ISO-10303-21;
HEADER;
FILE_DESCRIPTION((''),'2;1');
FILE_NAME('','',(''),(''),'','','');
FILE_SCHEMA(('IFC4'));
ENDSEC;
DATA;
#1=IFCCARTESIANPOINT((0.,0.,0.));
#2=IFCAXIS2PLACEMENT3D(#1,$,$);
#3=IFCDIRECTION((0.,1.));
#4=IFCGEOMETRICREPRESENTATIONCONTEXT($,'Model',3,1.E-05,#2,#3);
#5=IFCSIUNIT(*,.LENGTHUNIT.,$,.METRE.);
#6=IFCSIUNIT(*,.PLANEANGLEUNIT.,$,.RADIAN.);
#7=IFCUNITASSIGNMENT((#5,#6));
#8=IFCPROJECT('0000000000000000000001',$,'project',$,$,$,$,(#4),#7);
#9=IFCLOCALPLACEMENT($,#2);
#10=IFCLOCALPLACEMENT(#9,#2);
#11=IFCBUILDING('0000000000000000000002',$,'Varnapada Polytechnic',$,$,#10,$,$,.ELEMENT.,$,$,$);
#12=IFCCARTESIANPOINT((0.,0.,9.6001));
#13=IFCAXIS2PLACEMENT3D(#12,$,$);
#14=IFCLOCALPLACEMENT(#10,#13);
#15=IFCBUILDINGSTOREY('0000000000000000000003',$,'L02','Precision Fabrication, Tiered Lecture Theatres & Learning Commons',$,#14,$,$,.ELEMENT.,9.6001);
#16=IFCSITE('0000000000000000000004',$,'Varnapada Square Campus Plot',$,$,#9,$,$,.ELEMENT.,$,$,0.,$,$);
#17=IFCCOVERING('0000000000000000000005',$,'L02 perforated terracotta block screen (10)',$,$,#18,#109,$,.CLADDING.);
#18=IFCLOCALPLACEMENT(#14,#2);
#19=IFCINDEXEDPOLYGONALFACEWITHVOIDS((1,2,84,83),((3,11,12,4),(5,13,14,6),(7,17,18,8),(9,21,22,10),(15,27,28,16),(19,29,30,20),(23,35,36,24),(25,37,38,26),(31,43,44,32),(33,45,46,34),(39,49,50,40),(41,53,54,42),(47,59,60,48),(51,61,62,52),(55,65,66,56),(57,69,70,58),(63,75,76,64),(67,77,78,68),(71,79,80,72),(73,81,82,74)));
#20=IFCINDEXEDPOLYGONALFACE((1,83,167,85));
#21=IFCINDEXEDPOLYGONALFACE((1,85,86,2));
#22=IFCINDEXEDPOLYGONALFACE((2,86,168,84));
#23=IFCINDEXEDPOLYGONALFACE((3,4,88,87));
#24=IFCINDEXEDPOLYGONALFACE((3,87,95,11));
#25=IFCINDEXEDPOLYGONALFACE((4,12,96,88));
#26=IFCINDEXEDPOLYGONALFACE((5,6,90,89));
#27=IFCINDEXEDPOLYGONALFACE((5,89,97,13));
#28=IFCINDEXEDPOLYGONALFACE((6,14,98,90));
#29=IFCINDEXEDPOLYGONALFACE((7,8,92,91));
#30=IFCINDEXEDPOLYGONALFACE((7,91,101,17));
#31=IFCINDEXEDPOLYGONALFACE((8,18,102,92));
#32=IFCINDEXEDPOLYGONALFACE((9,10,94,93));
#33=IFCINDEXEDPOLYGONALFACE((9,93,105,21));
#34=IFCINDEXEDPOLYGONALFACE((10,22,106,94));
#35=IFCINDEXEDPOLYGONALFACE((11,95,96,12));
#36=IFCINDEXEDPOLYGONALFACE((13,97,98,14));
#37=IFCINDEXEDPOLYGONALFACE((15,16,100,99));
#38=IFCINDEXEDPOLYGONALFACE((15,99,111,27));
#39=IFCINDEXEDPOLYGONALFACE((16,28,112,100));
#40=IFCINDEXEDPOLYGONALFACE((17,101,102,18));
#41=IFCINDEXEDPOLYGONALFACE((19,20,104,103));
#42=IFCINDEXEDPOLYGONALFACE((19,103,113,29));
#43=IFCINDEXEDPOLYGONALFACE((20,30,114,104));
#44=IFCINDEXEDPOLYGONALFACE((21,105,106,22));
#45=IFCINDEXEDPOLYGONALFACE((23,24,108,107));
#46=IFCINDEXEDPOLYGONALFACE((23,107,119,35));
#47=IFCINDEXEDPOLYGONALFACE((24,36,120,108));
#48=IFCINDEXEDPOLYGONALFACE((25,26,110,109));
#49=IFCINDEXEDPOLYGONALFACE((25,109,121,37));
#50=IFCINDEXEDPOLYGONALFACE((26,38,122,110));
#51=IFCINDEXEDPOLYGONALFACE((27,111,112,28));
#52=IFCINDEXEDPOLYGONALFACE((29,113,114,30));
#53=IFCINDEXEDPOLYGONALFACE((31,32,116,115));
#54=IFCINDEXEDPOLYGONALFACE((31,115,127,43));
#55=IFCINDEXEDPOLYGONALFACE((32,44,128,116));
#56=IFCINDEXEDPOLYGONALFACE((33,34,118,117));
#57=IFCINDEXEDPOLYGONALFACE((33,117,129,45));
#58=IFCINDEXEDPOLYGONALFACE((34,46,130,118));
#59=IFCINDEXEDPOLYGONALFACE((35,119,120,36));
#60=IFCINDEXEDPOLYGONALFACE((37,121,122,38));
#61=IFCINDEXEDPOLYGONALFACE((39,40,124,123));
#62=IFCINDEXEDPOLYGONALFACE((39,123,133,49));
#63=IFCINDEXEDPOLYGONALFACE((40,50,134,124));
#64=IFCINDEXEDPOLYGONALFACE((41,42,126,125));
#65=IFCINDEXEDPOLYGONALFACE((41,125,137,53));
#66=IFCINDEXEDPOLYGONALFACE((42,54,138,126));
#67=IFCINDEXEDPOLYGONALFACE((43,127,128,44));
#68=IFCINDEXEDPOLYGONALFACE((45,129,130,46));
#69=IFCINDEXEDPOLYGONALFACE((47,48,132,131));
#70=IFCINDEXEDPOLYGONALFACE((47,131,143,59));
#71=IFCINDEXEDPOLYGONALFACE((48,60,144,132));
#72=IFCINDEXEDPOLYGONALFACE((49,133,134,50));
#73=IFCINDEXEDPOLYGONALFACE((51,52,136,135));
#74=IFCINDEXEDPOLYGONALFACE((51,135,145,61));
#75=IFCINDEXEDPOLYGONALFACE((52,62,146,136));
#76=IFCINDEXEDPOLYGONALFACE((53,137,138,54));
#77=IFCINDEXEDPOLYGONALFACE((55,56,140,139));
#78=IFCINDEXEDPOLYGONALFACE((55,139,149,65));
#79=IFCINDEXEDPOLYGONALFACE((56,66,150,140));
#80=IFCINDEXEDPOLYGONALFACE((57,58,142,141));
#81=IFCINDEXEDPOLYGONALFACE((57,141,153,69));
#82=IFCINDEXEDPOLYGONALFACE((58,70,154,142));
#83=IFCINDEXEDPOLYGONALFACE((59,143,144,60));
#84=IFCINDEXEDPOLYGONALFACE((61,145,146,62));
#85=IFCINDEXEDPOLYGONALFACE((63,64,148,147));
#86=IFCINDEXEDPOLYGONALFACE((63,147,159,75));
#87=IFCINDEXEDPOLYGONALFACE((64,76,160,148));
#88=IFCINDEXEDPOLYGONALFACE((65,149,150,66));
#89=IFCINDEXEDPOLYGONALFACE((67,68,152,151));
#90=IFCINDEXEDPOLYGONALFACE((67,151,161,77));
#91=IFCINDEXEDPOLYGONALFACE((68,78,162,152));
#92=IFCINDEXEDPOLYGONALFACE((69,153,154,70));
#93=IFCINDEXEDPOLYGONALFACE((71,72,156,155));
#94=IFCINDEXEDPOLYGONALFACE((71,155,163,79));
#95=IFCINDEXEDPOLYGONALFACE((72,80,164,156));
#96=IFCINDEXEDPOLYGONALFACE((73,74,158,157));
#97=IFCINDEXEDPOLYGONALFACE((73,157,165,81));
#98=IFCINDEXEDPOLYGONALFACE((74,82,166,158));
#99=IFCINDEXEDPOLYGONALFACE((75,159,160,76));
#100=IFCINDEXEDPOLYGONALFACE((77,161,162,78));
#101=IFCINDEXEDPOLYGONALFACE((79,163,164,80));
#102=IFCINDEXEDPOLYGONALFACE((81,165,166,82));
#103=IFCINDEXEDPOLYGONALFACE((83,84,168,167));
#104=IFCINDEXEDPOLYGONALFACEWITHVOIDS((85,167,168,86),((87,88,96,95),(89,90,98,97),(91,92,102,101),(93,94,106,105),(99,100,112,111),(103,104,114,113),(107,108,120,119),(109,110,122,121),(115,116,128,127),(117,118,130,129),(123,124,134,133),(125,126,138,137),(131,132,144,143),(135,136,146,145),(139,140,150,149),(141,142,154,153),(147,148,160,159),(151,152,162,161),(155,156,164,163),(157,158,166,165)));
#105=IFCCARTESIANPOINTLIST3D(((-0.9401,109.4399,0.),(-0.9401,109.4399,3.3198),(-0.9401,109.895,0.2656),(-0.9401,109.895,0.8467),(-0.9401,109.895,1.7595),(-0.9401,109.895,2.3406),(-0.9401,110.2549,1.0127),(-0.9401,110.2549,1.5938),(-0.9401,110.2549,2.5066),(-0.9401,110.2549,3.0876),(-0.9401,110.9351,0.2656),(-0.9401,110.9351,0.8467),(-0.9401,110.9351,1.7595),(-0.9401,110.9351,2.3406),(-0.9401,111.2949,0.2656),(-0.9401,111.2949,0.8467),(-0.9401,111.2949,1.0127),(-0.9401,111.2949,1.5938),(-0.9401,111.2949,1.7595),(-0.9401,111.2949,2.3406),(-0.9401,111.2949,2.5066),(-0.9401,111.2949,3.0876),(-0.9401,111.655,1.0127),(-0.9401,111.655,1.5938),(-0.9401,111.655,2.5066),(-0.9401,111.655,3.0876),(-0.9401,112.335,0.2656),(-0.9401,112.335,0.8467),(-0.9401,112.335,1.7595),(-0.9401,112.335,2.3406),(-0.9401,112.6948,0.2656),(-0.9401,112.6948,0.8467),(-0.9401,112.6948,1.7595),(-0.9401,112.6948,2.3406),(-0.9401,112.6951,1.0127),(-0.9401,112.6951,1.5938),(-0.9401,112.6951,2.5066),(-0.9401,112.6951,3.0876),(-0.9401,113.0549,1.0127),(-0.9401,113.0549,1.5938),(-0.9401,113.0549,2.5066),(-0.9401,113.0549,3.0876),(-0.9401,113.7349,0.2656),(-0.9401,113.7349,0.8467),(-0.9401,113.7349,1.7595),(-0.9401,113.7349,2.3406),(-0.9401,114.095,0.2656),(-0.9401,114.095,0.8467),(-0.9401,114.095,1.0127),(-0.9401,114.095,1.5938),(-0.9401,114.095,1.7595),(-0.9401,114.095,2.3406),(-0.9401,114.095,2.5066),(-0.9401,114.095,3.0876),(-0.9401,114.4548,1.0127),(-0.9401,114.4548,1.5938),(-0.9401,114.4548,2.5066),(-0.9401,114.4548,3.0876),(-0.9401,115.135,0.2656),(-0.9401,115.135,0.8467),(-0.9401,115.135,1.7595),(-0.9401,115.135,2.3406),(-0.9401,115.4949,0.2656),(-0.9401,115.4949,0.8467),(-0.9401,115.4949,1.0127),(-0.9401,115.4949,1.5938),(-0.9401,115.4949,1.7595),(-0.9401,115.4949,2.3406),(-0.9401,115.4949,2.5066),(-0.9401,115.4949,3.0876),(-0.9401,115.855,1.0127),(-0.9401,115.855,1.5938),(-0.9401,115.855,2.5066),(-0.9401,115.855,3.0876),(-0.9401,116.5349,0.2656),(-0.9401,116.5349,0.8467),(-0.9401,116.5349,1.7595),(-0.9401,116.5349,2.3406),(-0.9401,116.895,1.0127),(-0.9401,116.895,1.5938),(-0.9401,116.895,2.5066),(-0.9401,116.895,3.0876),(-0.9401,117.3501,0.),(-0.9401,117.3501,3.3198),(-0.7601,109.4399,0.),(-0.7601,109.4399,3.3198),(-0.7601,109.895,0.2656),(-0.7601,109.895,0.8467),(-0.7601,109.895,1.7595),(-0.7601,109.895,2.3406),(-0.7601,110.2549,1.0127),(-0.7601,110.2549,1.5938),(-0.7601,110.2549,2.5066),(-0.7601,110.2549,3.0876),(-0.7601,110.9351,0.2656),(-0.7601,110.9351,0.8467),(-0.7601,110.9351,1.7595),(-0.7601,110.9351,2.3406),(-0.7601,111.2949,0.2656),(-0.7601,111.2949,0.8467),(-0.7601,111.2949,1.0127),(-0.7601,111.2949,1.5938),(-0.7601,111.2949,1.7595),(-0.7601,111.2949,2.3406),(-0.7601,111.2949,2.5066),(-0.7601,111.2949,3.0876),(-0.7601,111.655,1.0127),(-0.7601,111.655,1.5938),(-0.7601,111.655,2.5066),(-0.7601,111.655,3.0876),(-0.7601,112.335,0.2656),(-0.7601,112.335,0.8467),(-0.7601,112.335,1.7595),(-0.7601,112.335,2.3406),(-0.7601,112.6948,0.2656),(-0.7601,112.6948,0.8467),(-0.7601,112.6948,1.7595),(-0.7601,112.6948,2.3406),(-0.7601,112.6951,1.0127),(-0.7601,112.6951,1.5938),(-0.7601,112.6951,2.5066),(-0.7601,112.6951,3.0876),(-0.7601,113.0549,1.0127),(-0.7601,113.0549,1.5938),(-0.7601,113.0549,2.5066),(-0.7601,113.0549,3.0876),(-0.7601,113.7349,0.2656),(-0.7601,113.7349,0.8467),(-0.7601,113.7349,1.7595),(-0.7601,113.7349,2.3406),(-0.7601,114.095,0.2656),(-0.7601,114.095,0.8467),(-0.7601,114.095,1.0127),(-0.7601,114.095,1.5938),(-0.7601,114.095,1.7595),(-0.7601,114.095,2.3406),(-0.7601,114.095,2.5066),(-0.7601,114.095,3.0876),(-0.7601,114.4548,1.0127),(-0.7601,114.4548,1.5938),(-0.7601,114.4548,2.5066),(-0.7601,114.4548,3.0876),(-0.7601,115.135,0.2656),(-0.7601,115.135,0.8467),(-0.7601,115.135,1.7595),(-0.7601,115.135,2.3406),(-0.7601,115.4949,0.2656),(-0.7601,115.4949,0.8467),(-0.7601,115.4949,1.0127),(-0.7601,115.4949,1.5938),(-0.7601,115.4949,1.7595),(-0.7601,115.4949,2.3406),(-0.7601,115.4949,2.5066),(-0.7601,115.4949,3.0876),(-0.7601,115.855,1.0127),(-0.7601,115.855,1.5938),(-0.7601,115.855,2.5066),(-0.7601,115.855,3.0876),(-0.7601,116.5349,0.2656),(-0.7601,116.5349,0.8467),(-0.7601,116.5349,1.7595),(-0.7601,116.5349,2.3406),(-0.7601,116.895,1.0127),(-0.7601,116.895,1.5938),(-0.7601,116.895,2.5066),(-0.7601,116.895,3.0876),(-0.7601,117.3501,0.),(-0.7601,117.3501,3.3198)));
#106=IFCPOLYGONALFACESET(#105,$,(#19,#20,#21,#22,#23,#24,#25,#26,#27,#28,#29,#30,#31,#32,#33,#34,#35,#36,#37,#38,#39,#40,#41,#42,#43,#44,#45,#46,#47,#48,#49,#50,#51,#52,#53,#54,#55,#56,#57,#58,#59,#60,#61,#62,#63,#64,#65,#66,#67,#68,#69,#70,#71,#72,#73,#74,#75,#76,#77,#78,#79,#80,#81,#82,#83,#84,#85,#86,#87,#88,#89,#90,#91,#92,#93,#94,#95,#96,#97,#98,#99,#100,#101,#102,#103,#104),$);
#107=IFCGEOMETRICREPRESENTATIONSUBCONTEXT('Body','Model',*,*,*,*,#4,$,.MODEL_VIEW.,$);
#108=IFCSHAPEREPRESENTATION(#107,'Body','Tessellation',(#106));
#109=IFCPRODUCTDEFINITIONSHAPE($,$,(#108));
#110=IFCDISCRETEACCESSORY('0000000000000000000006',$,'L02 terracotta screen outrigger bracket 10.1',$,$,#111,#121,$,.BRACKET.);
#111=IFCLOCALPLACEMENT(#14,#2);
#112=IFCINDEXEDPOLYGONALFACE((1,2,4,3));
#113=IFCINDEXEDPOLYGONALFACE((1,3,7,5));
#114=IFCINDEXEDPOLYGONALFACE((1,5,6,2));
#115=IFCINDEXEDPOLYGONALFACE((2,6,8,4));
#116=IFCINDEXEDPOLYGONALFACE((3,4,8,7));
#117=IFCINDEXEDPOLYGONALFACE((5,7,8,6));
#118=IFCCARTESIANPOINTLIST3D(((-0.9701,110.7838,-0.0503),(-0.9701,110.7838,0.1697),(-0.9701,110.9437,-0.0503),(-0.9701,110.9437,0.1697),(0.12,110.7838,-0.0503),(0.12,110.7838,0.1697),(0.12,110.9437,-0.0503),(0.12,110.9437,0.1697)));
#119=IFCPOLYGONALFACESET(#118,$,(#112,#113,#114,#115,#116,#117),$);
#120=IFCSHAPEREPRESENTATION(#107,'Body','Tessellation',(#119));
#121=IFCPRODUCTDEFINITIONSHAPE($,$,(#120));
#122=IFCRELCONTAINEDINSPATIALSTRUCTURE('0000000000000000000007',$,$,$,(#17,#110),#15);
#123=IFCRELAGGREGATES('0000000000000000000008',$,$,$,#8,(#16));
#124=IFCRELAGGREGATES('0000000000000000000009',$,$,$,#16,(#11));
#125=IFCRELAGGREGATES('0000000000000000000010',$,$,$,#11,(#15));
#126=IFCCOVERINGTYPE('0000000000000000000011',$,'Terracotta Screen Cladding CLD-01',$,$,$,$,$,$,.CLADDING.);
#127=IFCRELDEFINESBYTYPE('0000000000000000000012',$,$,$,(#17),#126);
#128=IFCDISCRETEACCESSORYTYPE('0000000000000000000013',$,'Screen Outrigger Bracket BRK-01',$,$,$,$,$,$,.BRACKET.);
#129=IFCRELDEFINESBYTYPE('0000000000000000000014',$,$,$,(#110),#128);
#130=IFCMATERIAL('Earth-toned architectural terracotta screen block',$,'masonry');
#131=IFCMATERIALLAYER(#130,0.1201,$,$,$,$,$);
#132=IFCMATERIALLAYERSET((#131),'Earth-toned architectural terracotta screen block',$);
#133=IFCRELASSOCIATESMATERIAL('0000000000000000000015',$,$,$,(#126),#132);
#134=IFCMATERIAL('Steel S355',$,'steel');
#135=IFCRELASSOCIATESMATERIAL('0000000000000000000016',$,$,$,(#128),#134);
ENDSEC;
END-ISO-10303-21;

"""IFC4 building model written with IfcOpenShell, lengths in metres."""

from ifc_helpers import new_model, si_unit, direction, frame, frame_2d, origin, origin_2d, place, context, subcontext, project, spatial, rectangle, extrude, material, layer, layer_set, type_object, element, save


model = new_model("IFC4")

# Units and contexts
model_context = context("Model", 3, precision=1e-05, world=origin(), true_north=direction((0.0, 1.0)))
body_context = subcontext(model_context, "Body", "Model", "MODEL_VIEW")
ifc_project = project(units=[si_unit("LENGTHUNIT", "METRE"), si_unit("PLANEANGLEUNIT", "RADIAN")], contexts=[model_context])

# Site, building, storey
site_placement = place(None, origin())
site = spatial("IfcSite", under=ifc_project, at=site_placement, Name="Varnapada Square Campus Plot", CompositionType="ELEMENT", RefElevation=0.0)
building_placement = place(site_placement, origin())
building = spatial("IfcBuilding", under=site, at=building_placement, Name="Varnapada Polytechnic", CompositionType="ELEMENT")
storey_placement = place(building_placement, frame((0.0, 0.0, 9.6001)))
storey = spatial("IfcBuildingStorey", under=building, at=storey_placement, Name="L02", Description="Precision Fabrication, Tiered Lecture Theatres & Learning Commons", CompositionType="ELEMENT", Elevation=9.6001)

# Covering, openings
ifc_material_1 = material(Name="Earth-toned architectural terracotta screen block", Category="masonry")
ifc_layer_1 = layer(ifc_material_1, 0.1201)
ifc_layer_set_1 = layer_set([ifc_layer_1], Name="Earth-toned architectural terracotta screen block")
covering_type = type_object("IfcCoveringType", Name="Terracotta Screen Cladding CLD-01", PredefinedType="CLADDING", material=ifc_layer_set_1)
covering_placement = place(storey_placement, frame((-0.8501, 109.4399, 0.0), z_axis=(0.0, 0.0, 1.0), x_axis=(0.0, 1.0, 0.0)))
covering = element("IfcCovering", 1, at=covering_placement, inside=storey, type_object=covering_type, Name="L02 perforated terracotta block screen (10)", PredefinedType="CLADDING", context=body_context, shape_type="SweptSolid", body=[
    extrude(rectangle(XDim=7.9102, YDim=0.1799, at=frame_2d((3.9551, 0.0))), origin(), (0.0, 0.0, 1.0), 3.3198),
])
opening_1_placement = place(covering_placement, frame((0.4551, 0.0, 0.2656)))
element("IfcOpeningElement", 2, at=opening_1_placement, cuts=covering, PredefinedType="OPENING", context=body_context, shape_type="SweptSolid", body=[
    extrude(rectangle(XDim=1.04, YDim=0.5811, at=frame_2d((0.52, 0.2905))), frame((0.0, 0.0999, 0.0), z_axis=(0.0, -1.0, 0.0), x_axis=(1.0, 0.0, 0.0)), (0.0, 0.0, 1.0), 0.2),
])
opening_2_placement = place(covering_placement, frame((1.855, 0.0, 0.2656)))
element("IfcOpeningElement", 3, at=opening_2_placement, cuts=covering, PredefinedType="OPENING", context=body_context, shape_type="SweptSolid", body=[
    extrude(rectangle(XDim=1.04, YDim=0.5811, at=frame_2d((0.52, 0.2905))), frame((0.0, 0.0999, 0.0), z_axis=(0.0, -1.0, 0.0), x_axis=(1.0, 0.0, 0.0)), (0.0, 0.0, 1.0), 0.2),
])
opening_3_placement = place(covering_placement, frame((3.2549, 0.0, 0.2656)))
element("IfcOpeningElement", 4, at=opening_3_placement, cuts=covering, PredefinedType="OPENING", context=body_context, shape_type="SweptSolid", body=[
    extrude(rectangle(XDim=1.04, YDim=0.5811, at=frame_2d((0.52, 0.2905))), frame((0.0, 0.0999, 0.0), z_axis=(0.0, -1.0, 0.0), x_axis=(1.0, 0.0, 0.0)), (0.0, 0.0, 1.0), 0.2),
])
opening_4_placement = place(covering_placement, frame((4.655, 0.0, 0.2656)))
element("IfcOpeningElement", 5, at=opening_4_placement, cuts=covering, PredefinedType="OPENING", context=body_context, shape_type="SweptSolid", body=[
    extrude(rectangle(XDim=1.04, YDim=0.5811, at=frame_2d((0.52, 0.2905))), frame((0.0, 0.0999, 0.0), z_axis=(0.0, -1.0, 0.0), x_axis=(1.0, 0.0, 0.0)), (0.0, 0.0, 1.0), 0.2),
])
opening_5_placement = place(covering_placement, frame((6.0549, 0.0, 0.2656)))
element("IfcOpeningElement", 6, at=opening_5_placement, cuts=covering, PredefinedType="OPENING", context=body_context, shape_type="SweptSolid", body=[
    extrude(rectangle(XDim=1.04, YDim=0.5811, at=frame_2d((0.52, 0.2905))), frame((0.0, 0.0999, 0.0), z_axis=(0.0, -1.0, 0.0), x_axis=(1.0, 0.0, 0.0)), (0.0, 0.0, 1.0), 0.2),
])
opening_6_placement = place(covering_placement, frame((0.8149, 0.0, 1.0127)))
element("IfcOpeningElement", 7, at=opening_6_placement, cuts=covering, PredefinedType="OPENING", context=body_context, shape_type="SweptSolid", body=[
    extrude(rectangle(XDim=1.04, YDim=0.5811, at=frame_2d((0.52, 0.2905))), frame((0.0, 0.0999, 0.0), z_axis=(0.0, -1.0, 0.0), x_axis=(1.0, 0.0, 0.0)), (0.0, 0.0, 1.0), 0.2),
])
opening_7_placement = place(covering_placement, frame((2.2151, 0.0, 1.0127)))
element("IfcOpeningElement", 8, at=opening_7_placement, cuts=covering, PredefinedType="OPENING", context=body_context, shape_type="SweptSolid", body=[
    extrude(rectangle(XDim=1.04, YDim=0.5811, at=frame_2d((0.52, 0.2905))), frame((0.0, 0.0999, 0.0), z_axis=(0.0, -1.0, 0.0), x_axis=(1.0, 0.0, 0.0)), (0.0, 0.0, 1.0), 0.2),
])
opening_8_placement = place(covering_placement, frame((3.615, 0.0, 1.0127)))
element("IfcOpeningElement", 9, at=opening_8_placement, cuts=covering, PredefinedType="OPENING", context=body_context, shape_type="SweptSolid", body=[
    extrude(rectangle(XDim=1.04, YDim=0.5811, at=frame_2d((0.52, 0.2905))), frame((0.0, 0.0999, 0.0), z_axis=(0.0, -1.0, 0.0), x_axis=(1.0, 0.0, 0.0)), (0.0, 0.0, 1.0), 0.2),
])
opening_9_placement = place(covering_placement, frame((5.0149, 0.0, 1.0127)))
element("IfcOpeningElement", 10, at=opening_9_placement, cuts=covering, PredefinedType="OPENING", context=body_context, shape_type="SweptSolid", body=[
    extrude(rectangle(XDim=1.04, YDim=0.5811, at=frame_2d((0.52, 0.2905))), frame((0.0, 0.0999, 0.0), z_axis=(0.0, -1.0, 0.0), x_axis=(1.0, 0.0, 0.0)), (0.0, 0.0, 1.0), 0.2),
])
opening_10_placement = place(covering_placement, frame((6.415, 0.0, 1.0127)))
element("IfcOpeningElement", 11, at=opening_10_placement, cuts=covering, PredefinedType="OPENING", context=body_context, shape_type="SweptSolid", body=[
    extrude(rectangle(XDim=1.04, YDim=0.5811, at=frame_2d((0.52, 0.2905))), frame((0.0, 0.0999, 0.0), z_axis=(0.0, -1.0, 0.0), x_axis=(1.0, 0.0, 0.0)), (0.0, 0.0, 1.0), 0.2),
])
opening_11_placement = place(covering_placement, frame((0.4551, 0.0, 1.7595)))
element("IfcOpeningElement", 12, at=opening_11_placement, cuts=covering, PredefinedType="OPENING", context=body_context, shape_type="SweptSolid", body=[
    extrude(rectangle(XDim=1.04, YDim=0.5811, at=frame_2d((0.52, 0.2905))), frame((0.0, 0.0999, 0.0), z_axis=(0.0, -1.0, 0.0), x_axis=(1.0, 0.0, 0.0)), (0.0, 0.0, 1.0), 0.2),
])
opening_12_placement = place(covering_placement, frame((1.855, 0.0, 1.7595)))
element("IfcOpeningElement", 13, at=opening_12_placement, cuts=covering, PredefinedType="OPENING", context=body_context, shape_type="SweptSolid", body=[
    extrude(rectangle(XDim=1.04, YDim=0.5811, at=frame_2d((0.52, 0.2905))), frame((0.0, 0.0999, 0.0), z_axis=(0.0, -1.0, 0.0), x_axis=(1.0, 0.0, 0.0)), (0.0, 0.0, 1.0), 0.2),
])
opening_13_placement = place(covering_placement, frame((3.2549, 0.0, 1.7595)))
element("IfcOpeningElement", 14, at=opening_13_placement, cuts=covering, PredefinedType="OPENING", context=body_context, shape_type="SweptSolid", body=[
    extrude(rectangle(XDim=1.04, YDim=0.5811, at=frame_2d((0.52, 0.2905))), frame((0.0, 0.0999, 0.0), z_axis=(0.0, -1.0, 0.0), x_axis=(1.0, 0.0, 0.0)), (0.0, 0.0, 1.0), 0.2),
])
opening_14_placement = place(covering_placement, frame((4.655, 0.0, 1.7595)))
element("IfcOpeningElement", 15, at=opening_14_placement, cuts=covering, PredefinedType="OPENING", context=body_context, shape_type="SweptSolid", body=[
    extrude(rectangle(XDim=1.04, YDim=0.5811, at=frame_2d((0.52, 0.2905))), frame((0.0, 0.0999, 0.0), z_axis=(0.0, -1.0, 0.0), x_axis=(1.0, 0.0, 0.0)), (0.0, 0.0, 1.0), 0.2),
])
opening_15_placement = place(covering_placement, frame((6.0549, 0.0, 1.7595)))
element("IfcOpeningElement", 16, at=opening_15_placement, cuts=covering, PredefinedType="OPENING", context=body_context, shape_type="SweptSolid", body=[
    extrude(rectangle(XDim=1.04, YDim=0.5811, at=frame_2d((0.52, 0.2905))), frame((0.0, 0.0999, 0.0), z_axis=(0.0, -1.0, 0.0), x_axis=(1.0, 0.0, 0.0)), (0.0, 0.0, 1.0), 0.2),
])
opening_16_placement = place(covering_placement, frame((0.8149, 0.0, 2.5066)))
element("IfcOpeningElement", 17, at=opening_16_placement, cuts=covering, PredefinedType="OPENING", context=body_context, shape_type="SweptSolid", body=[
    extrude(rectangle(XDim=1.04, YDim=0.5811, at=frame_2d((0.52, 0.2905))), frame((0.0, 0.0999, 0.0), z_axis=(0.0, -1.0, 0.0), x_axis=(1.0, 0.0, 0.0)), (0.0, 0.0, 1.0), 0.2),
])
opening_17_placement = place(covering_placement, frame((2.2151, 0.0, 2.5066)))
element("IfcOpeningElement", 18, at=opening_17_placement, cuts=covering, PredefinedType="OPENING", context=body_context, shape_type="SweptSolid", body=[
    extrude(rectangle(XDim=1.04, YDim=0.5811, at=frame_2d((0.52, 0.2905))), frame((0.0, 0.0999, 0.0), z_axis=(0.0, -1.0, 0.0), x_axis=(1.0, 0.0, 0.0)), (0.0, 0.0, 1.0), 0.2),
])
opening_18_placement = place(covering_placement, frame((3.615, 0.0, 2.5066)))
element("IfcOpeningElement", 19, at=opening_18_placement, cuts=covering, PredefinedType="OPENING", context=body_context, shape_type="SweptSolid", body=[
    extrude(rectangle(XDim=1.04, YDim=0.5811, at=frame_2d((0.52, 0.2905))), frame((0.0, 0.0999, 0.0), z_axis=(0.0, -1.0, 0.0), x_axis=(1.0, 0.0, 0.0)), (0.0, 0.0, 1.0), 0.2),
])
opening_19_placement = place(covering_placement, frame((5.0149, 0.0, 2.5066)))
element("IfcOpeningElement", 20, at=opening_19_placement, cuts=covering, PredefinedType="OPENING", context=body_context, shape_type="SweptSolid", body=[
    extrude(rectangle(XDim=1.04, YDim=0.5811, at=frame_2d((0.52, 0.2905))), frame((0.0, 0.0999, 0.0), z_axis=(0.0, -1.0, 0.0), x_axis=(1.0, 0.0, 0.0)), (0.0, 0.0, 1.0), 0.2),
])
opening_20_placement = place(covering_placement, frame((6.415, 0.0, 2.5066)))
element("IfcOpeningElement", 21, at=opening_20_placement, cuts=covering, PredefinedType="OPENING", context=body_context, shape_type="SweptSolid", body=[
    extrude(rectangle(XDim=1.04, YDim=0.5811, at=frame_2d((0.52, 0.2905))), frame((0.0, 0.0999, 0.0), z_axis=(0.0, -1.0, 0.0), x_axis=(1.0, 0.0, 0.0)), (0.0, 0.0, 1.0), 0.2),
])

# Discrete accessory
ifc_material_2 = material(Name="Steel S355", Category="steel")
discrete_accessory_type = type_object("IfcDiscreteAccessoryType", Name="Screen Outrigger Bracket BRK-01", PredefinedType="BRACKET", material=ifc_material_2)
discrete_accessory_placement = place(storey_placement, frame((-0.425, 110.8638, -0.0503), z_axis=(0.0, 0.0, 1.0), x_axis=(0.0, 1.0, 0.0)))
element("IfcDiscreteAccessory", 22, at=discrete_accessory_placement, inside=storey, type_object=discrete_accessory_type, Name="L02 terracotta screen outrigger bracket 10.1", PredefinedType="BRACKET", context=body_context, shape_type="SweptSolid", body=[
    extrude(rectangle(XDim=0.1599, YDim=1.0901, at=origin_2d()), origin(), (0.0, 0.0, 1.0), 0.22),
])

save(model, "model.ifc")
